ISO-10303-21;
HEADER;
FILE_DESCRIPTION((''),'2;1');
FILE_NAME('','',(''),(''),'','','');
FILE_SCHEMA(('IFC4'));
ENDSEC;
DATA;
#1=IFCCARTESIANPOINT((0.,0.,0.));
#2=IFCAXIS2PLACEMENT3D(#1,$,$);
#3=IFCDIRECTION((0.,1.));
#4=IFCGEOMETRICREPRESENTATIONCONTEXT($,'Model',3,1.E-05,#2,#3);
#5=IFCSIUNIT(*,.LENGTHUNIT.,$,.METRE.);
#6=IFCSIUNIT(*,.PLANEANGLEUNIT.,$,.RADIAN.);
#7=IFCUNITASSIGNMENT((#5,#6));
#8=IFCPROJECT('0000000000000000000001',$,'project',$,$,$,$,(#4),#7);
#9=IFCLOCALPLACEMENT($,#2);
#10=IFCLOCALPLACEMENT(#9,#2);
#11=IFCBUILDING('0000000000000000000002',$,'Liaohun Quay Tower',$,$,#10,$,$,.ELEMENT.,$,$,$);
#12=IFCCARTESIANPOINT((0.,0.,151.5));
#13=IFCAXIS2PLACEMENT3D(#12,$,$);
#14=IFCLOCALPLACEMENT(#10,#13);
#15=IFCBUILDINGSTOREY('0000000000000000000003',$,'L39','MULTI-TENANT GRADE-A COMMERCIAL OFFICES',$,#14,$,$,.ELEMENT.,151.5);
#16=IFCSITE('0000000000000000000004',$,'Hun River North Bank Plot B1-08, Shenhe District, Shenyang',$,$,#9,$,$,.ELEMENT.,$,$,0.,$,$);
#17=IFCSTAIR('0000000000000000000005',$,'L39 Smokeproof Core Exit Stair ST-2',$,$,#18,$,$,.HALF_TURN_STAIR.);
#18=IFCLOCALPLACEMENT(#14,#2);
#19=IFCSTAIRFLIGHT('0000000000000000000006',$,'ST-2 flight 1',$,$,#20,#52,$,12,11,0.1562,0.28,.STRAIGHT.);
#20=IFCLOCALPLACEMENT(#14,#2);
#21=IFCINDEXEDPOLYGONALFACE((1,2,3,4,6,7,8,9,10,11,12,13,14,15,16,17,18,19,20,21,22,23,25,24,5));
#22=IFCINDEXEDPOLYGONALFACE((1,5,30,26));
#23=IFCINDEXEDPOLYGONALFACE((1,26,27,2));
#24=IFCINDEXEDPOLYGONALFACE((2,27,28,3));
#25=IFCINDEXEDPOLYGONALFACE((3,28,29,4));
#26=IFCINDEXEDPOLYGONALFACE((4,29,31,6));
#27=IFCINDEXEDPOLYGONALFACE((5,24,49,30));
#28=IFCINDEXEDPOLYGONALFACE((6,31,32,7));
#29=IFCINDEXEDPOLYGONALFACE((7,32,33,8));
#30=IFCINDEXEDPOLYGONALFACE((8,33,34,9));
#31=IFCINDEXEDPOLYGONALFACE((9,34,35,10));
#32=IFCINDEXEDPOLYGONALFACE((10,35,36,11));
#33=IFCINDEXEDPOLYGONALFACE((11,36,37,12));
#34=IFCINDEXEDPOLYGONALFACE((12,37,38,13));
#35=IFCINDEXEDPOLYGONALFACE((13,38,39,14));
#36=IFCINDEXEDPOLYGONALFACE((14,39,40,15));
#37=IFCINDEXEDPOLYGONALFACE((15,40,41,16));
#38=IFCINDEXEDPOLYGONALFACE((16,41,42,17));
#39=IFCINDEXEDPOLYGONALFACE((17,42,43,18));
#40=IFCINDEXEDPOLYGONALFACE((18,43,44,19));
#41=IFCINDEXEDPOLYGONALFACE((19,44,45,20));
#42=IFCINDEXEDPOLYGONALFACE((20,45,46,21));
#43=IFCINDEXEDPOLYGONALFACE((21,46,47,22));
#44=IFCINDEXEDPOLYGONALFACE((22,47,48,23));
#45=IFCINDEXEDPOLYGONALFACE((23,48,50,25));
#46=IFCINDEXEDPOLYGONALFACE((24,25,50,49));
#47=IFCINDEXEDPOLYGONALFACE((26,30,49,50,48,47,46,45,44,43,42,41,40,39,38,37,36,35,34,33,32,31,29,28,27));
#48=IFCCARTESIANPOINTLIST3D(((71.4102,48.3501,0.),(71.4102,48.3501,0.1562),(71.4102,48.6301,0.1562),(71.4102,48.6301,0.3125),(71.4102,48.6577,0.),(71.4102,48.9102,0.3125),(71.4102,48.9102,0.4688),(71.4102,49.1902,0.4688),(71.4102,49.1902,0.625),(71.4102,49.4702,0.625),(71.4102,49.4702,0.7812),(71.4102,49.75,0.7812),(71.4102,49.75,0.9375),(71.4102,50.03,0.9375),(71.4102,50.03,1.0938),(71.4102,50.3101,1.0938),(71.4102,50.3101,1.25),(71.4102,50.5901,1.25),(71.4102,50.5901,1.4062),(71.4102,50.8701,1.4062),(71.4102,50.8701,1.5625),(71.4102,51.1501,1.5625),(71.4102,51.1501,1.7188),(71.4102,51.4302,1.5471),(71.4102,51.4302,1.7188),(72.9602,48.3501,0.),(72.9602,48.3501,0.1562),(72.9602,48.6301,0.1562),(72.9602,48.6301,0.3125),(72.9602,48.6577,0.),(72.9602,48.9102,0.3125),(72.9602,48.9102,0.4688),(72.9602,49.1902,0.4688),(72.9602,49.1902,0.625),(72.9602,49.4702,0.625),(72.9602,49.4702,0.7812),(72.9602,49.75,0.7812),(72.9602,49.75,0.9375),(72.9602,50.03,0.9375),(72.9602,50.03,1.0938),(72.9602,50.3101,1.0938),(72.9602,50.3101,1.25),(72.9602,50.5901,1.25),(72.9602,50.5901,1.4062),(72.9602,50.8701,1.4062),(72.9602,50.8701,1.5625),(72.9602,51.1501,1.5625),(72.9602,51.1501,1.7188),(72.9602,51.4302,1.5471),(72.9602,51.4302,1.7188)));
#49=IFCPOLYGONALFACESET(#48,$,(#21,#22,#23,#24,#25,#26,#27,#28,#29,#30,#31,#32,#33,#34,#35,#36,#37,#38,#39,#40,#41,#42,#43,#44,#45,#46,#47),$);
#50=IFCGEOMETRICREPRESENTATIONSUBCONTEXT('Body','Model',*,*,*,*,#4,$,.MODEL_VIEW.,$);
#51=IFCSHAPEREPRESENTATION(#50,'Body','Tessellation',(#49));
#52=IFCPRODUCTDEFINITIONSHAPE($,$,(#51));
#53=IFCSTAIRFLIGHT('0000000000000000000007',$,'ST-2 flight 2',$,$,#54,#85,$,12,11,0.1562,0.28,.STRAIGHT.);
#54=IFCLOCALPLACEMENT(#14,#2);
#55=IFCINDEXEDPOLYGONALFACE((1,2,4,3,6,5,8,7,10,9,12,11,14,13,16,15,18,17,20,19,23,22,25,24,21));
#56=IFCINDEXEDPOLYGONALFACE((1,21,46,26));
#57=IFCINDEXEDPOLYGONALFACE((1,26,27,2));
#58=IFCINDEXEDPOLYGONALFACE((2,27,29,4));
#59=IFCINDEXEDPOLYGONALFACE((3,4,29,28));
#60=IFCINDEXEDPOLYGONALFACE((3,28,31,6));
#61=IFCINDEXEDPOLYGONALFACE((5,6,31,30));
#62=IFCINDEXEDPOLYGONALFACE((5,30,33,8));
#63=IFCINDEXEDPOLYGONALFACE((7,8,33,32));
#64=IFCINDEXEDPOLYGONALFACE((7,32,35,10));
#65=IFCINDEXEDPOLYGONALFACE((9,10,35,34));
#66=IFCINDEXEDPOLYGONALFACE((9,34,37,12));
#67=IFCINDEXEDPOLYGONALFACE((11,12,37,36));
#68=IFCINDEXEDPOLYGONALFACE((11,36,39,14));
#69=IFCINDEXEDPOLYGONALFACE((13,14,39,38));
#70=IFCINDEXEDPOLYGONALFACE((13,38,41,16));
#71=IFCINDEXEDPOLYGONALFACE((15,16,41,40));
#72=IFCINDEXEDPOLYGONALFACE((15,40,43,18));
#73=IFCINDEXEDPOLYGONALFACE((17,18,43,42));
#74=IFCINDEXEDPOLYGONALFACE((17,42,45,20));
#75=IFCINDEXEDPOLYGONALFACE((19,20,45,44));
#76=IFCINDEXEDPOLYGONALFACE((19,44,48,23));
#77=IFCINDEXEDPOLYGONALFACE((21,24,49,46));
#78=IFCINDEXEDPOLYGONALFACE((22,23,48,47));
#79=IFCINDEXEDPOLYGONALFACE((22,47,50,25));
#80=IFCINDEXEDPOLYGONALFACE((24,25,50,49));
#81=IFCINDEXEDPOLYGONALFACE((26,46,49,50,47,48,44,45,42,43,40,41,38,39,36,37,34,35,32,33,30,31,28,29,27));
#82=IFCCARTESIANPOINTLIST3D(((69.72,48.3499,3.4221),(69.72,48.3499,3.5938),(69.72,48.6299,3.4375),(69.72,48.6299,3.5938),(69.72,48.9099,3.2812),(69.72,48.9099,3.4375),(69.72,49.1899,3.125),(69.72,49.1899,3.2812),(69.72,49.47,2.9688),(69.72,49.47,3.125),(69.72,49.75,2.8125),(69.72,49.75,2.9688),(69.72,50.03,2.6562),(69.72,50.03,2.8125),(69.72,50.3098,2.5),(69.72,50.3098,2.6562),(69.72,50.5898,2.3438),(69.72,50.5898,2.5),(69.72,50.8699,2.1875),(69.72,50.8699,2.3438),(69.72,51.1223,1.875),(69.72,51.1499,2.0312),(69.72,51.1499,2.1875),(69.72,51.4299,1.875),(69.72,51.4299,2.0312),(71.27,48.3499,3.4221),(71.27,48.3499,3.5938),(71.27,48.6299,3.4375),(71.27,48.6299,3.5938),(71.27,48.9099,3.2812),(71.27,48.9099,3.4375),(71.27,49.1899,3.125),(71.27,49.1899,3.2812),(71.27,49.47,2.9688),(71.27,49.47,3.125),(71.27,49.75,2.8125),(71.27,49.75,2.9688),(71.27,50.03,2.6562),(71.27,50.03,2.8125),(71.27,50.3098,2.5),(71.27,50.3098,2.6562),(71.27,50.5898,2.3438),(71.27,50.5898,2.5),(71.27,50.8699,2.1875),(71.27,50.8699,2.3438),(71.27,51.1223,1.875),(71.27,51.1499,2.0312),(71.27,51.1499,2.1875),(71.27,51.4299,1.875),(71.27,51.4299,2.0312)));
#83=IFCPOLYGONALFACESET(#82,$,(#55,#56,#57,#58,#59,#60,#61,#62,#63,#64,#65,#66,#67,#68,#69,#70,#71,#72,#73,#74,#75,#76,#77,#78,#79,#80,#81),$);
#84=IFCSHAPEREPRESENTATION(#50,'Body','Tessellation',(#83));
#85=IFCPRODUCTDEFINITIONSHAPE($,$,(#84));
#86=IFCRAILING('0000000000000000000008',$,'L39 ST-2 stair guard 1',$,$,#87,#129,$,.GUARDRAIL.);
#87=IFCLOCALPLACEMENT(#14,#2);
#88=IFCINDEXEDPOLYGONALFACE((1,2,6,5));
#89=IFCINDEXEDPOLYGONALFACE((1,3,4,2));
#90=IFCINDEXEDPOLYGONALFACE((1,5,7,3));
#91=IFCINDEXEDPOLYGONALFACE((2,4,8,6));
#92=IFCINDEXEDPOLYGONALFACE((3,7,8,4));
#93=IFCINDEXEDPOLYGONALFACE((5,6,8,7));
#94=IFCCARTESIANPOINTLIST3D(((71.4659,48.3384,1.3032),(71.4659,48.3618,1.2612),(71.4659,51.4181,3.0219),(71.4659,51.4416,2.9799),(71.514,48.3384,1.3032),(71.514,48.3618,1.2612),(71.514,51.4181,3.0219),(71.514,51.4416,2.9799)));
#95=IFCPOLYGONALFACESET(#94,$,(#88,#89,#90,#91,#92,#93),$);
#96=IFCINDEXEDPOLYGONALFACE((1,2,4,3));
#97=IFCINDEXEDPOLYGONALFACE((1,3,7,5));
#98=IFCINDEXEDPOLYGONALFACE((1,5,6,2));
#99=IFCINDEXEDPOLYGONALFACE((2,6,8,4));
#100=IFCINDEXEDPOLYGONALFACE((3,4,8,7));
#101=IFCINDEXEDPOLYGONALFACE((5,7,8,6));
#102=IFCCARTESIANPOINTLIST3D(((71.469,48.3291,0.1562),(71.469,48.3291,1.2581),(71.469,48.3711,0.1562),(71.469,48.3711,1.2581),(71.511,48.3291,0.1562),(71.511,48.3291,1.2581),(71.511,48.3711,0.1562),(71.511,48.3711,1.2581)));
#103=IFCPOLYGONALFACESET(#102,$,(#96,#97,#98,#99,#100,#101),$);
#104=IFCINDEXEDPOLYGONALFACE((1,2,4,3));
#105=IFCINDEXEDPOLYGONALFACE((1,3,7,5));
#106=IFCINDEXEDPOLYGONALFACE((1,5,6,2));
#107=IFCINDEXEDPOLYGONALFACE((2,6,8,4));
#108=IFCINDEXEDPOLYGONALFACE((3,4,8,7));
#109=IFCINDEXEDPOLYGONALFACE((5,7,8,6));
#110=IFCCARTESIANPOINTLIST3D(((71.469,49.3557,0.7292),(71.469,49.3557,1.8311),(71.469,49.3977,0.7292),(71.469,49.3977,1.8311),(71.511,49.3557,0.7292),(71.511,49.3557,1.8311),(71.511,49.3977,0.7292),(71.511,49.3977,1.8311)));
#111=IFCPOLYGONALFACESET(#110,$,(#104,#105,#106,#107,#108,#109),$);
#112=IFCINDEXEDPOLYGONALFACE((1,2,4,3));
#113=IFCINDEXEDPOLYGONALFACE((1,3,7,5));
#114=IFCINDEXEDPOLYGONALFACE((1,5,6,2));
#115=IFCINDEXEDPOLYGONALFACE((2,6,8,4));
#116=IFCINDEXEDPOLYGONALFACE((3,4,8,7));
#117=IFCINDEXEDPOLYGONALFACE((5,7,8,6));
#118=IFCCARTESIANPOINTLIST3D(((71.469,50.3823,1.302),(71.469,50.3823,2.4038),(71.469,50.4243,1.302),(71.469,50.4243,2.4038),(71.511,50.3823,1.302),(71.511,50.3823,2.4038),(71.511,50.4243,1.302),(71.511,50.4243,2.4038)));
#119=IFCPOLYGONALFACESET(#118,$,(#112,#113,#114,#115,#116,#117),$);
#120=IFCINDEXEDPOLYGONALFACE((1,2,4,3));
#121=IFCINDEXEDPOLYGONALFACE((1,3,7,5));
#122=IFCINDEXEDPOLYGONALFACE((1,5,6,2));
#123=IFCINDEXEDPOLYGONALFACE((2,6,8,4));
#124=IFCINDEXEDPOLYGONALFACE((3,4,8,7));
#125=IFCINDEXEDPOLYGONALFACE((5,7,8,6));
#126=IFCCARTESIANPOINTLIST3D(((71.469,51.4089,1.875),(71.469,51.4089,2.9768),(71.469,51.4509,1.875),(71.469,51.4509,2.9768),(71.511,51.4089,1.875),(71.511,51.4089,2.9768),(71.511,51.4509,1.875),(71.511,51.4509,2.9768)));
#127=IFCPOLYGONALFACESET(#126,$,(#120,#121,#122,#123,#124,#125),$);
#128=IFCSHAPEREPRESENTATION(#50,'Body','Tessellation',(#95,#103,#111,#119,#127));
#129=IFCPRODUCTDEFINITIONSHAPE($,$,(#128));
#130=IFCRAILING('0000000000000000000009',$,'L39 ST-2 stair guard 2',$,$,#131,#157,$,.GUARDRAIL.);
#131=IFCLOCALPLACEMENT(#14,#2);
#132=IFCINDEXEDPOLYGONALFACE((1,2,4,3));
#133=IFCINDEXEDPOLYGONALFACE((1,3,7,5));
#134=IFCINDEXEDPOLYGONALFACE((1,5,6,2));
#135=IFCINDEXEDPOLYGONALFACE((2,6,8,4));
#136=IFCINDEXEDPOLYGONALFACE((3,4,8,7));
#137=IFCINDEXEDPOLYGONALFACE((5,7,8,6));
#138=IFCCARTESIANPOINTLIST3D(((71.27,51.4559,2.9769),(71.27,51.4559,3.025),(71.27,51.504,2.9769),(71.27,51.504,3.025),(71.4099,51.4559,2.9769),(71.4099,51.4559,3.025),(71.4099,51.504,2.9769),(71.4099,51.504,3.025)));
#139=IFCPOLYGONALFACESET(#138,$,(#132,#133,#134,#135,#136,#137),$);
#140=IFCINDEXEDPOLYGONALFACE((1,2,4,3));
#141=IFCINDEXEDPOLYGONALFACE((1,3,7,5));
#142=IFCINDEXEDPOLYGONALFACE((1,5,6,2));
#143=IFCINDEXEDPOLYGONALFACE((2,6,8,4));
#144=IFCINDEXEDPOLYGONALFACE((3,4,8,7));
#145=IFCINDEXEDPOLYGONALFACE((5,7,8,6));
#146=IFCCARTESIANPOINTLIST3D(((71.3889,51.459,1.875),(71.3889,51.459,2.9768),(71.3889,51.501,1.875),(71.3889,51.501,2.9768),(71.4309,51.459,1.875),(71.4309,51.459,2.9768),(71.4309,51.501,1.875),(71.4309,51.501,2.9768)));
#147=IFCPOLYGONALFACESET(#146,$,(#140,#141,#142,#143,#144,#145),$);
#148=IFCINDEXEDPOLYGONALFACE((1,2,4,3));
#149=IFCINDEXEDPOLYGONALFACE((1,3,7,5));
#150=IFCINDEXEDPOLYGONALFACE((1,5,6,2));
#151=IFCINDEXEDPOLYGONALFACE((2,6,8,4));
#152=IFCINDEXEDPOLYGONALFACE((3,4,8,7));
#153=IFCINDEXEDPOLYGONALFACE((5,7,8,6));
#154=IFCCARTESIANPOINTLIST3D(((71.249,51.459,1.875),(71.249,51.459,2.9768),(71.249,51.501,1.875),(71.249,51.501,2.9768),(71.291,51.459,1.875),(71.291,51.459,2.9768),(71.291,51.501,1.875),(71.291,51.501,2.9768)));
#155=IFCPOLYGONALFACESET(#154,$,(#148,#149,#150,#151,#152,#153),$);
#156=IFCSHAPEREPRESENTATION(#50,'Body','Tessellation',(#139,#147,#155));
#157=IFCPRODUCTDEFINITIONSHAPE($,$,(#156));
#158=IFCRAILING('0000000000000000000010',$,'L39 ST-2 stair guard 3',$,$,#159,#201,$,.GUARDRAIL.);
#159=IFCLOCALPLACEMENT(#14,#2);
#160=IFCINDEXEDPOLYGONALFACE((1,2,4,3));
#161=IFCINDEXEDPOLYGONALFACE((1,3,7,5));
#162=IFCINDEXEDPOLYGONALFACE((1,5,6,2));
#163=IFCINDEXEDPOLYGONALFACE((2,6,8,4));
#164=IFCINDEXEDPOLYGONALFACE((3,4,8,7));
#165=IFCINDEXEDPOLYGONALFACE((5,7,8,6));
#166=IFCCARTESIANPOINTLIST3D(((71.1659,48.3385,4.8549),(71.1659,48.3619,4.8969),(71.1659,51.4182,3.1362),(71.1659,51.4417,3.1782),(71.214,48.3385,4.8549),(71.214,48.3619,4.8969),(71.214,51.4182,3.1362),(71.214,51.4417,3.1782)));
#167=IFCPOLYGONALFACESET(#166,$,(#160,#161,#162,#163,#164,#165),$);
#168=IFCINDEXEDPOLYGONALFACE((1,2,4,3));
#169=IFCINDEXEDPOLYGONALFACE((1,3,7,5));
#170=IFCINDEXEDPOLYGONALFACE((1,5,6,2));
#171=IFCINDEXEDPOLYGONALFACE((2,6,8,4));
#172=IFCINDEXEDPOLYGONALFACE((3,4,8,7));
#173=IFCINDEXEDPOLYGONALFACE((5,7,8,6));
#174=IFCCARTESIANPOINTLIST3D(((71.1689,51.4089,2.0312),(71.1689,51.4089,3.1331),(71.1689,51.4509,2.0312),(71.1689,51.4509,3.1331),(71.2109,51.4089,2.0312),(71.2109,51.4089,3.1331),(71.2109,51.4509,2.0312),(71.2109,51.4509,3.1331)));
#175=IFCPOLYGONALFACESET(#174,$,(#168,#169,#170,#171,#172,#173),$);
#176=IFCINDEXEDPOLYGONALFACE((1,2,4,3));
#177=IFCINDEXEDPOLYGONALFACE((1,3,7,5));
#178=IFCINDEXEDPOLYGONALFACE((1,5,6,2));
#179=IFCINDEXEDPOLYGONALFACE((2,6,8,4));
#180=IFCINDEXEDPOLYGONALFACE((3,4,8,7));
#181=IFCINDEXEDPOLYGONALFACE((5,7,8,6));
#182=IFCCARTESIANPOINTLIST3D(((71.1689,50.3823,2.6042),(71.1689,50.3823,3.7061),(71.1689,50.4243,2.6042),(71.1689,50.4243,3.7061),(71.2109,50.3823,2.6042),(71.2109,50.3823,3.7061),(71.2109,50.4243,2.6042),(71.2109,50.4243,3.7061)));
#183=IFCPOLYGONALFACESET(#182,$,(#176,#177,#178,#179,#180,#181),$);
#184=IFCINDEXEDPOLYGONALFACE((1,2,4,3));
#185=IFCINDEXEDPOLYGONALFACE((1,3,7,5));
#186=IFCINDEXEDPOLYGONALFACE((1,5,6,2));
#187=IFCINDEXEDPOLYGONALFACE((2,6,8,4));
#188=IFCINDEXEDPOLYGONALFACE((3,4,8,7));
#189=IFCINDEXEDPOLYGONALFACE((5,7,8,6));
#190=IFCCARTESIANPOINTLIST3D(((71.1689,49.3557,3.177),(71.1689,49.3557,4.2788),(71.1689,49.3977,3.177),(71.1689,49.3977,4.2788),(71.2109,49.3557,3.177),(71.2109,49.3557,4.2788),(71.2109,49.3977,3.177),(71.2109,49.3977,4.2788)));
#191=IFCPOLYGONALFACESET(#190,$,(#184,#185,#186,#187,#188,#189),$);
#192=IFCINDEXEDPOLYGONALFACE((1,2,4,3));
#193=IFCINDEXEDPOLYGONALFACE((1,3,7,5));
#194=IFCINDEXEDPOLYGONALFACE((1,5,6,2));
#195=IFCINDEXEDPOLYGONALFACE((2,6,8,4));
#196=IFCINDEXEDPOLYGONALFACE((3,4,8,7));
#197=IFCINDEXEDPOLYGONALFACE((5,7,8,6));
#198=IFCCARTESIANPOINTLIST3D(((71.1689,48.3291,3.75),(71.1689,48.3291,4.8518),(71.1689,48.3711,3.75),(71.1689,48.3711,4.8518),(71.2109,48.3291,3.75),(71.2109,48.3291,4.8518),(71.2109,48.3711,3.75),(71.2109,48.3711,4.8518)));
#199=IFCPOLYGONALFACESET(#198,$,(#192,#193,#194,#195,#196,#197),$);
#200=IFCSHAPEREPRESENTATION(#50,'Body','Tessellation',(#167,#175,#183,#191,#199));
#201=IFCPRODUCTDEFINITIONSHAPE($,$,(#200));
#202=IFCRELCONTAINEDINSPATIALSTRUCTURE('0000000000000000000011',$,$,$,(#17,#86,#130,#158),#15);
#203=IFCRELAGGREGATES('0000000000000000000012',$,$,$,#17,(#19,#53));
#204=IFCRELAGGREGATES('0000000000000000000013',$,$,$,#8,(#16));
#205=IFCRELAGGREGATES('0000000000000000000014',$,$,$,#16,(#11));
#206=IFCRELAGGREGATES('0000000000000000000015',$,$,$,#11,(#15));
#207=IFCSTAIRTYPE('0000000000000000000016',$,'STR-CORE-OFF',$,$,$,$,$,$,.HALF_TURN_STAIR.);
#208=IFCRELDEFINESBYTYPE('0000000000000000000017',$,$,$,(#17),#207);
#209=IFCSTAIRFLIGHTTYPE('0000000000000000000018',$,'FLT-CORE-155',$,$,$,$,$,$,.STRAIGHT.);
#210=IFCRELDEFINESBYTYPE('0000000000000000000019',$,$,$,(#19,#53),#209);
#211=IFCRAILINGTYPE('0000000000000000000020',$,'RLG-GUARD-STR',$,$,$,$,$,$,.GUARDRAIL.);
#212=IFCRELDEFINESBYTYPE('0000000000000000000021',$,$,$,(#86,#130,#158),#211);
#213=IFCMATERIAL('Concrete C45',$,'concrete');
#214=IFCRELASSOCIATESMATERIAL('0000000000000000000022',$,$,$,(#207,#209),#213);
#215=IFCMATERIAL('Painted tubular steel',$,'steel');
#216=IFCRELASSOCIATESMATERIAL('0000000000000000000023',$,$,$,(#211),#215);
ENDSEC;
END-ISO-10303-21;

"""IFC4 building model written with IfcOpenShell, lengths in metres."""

from ifc_helpers import new_model, si_unit, direction, frame, origin, origin_2d, place, context, subcontext, project, spatial, polyline, rectangle, outline, extrude, material, type_object, element, aggregate, save


model = new_model("IFC4")

# Units and contexts
model_context = context("Model", 3, precision=1e-05, world=origin(), true_north=direction((0.0, 1.0)))
body_context = subcontext(model_context, "Body", "Model", "MODEL_VIEW")
ifc_project = project(units=[si_unit("LENGTHUNIT", "METRE"), si_unit("PLANEANGLEUNIT", "RADIAN")], contexts=[model_context])

# Site, building, storey
site_placement = place(None, origin())
site = spatial("IfcSite", under=ifc_project, at=site_placement, Name="Hun River North Bank Plot B1-08, Shenhe District, Shenyang", CompositionType="ELEMENT", RefElevation=0.0)
building_placement = place(site_placement, origin())
building = spatial("IfcBuilding", under=site, at=building_placement, Name="Liaohun Quay Tower", CompositionType="ELEMENT")
storey_placement = place(building_placement, frame((0.0, 0.0, 151.5)))
storey = spatial("IfcBuildingStorey", under=building, at=storey_placement, Name="L39", Description="MULTI-TENANT GRADE-A COMMERCIAL OFFICES", CompositionType="ELEMENT", Elevation=151.5)

# Stair, stair flights
ifc_material_1 = material(Name="Concrete C45", Category="concrete")
stair_type = type_object("IfcStairType", Name="STR-CORE-OFF", PredefinedType="HALF_TURN_STAIR", material=ifc_material_1)
stair_placement = place(storey_placement, origin())
stair = element("IfcStair", 1, at=stair_placement, inside=storey, type_object=stair_type, Name="L39 Smokeproof Core Exit Stair ST-2", PredefinedType="HALF_TURN_STAIR")
stair_flight_type = type_object("IfcStairFlightType", Name="FLT-CORE-155", PredefinedType="STRAIGHT", material=ifc_material_1)
stair_flight_1_placement = place(storey_placement, frame((72.1851, 48.3501, 0.0), z_axis=(0.0, 0.0, 1.0), x_axis=(0.0, 1.0, 0.0)))
stair_flight_1 = element("IfcStairFlight", 2, at=stair_flight_1_placement, type_object=stair_flight_type, Name="ST-2 flight 1", NumberOfRisers=12, NumberOfTreads=11, PredefinedType="STRAIGHT", RiserHeight=0.1562, TreadLength=0.28, context=body_context, shape_type="SweptSolid", body=[
    extrude(outline(polyline([(0.0, 0.0), (0.0, 0.1562), (0.28, 0.1562), (0.28, 0.3125), (0.5601, 0.3125), (0.5601, 0.4688), (0.8401, 0.4688), (0.8401, 0.625), (1.1201, 0.625), (1.1201, 0.7812), (1.3999, 0.7812), (1.3999, 0.9375), (1.6799, 0.9375), (1.6799, 1.0938), (1.96, 1.0938), (1.96, 1.25), (2.24, 1.25), (2.24, 1.4062), (2.52, 1.4062), (2.52, 1.5625), (2.8, 1.5625), (2.8, 1.7188), (3.0801, 1.7188), (3.0801, 1.875), (3.0801, 1.5471), (0.3076, 0.0), (0.0, 0.0)])), frame((0.0, 0.7749, 0.0), z_axis=(0.0, -1.0, 0.0), x_axis=(1.0, 0.0, 0.0)), (0.0, 0.0, 1.0), 1.55),
])
stair_flight_2_placement = place(storey_placement, frame((70.4951, 51.4299, 1.875), z_axis=(0.0, 0.0, 1.0), x_axis=(0.0, -1.0, 0.0)))
stair_flight_2 = element("IfcStairFlight", 3, at=stair_flight_2_placement, type_object=stair_flight_type, Name="ST-2 flight 2", NumberOfRisers=12, NumberOfTreads=11, PredefinedType="STRAIGHT", RiserHeight=0.1562, TreadLength=0.28, context=body_context, shape_type="SweptSolid", body=[
    extrude(outline(polyline([(0.0, 0.0), (0.0, 0.1562), (0.28, 0.1562), (0.28, 0.3125), (0.5601, 0.3125), (0.5601, 0.4688), (0.8401, 0.4688), (0.8401, 0.625), (1.1201, 0.625), (1.1201, 0.7812), (1.3999, 0.7812), (1.3999, 0.9375), (1.6799, 0.9375), (1.6799, 1.0938), (1.96, 1.0938), (1.96, 1.25), (2.24, 1.25), (2.24, 1.4062), (2.52, 1.4062), (2.52, 1.5625), (2.8, 1.5625), (2.8, 1.7188), (3.0801, 1.7188), (3.0801, 1.875), (3.0801, 1.5471), (0.3076, 0.0), (0.0, 0.0)])), frame((0.0, 0.7749, 0.0), z_axis=(0.0, -1.0, 0.0), x_axis=(1.0, 0.0, 0.0)), (0.0, 0.0, 1.0), 1.55),
])
aggregate(stair, [stair_flight_1, stair_flight_2])

# Railings
ifc_material_2 = material(Name="Painted tubular steel", Category="steel")
railing_type_1 = type_object("IfcRailingType", Name="RLG-GUARD-STR", PredefinedType="GUARDRAIL", material=ifc_material_2)
railing_1_placement = place(storey_placement, frame((71.49, 48.3501, 0.1562)))
element("IfcRailing", 4, at=railing_1_placement, inside=storey, type_object=railing_type_1, Name="L39 ST-2 stair guard 1", PredefinedType="GUARDRAIL", context=body_context, shape_type="SweptSolid", body=[
    extrude(rectangle(XDim=0.0481, YDim=0.0481, at=origin_2d()), frame((0.0, 0.0, 1.126), z_axis=(0.0, 0.873225, 0.487317), x_axis=(-1.0, 0.0, 0.0)), (0.0, 0.0, 1.0), 3.5269),
    extrude(rectangle(XDim=0.042, YDim=0.042, at=origin_2d()), origin(), (0.0, 0.0, 1.0), 1.1018),
    extrude(rectangle(XDim=0.042, YDim=0.042, at=origin_2d()), frame((0.0, 1.0266, 0.573)), (0.0, 0.0, 1.0), 1.1018),
    extrude(rectangle(XDim=0.042, YDim=0.042, at=origin_2d()), frame((0.0, 2.0532, 1.1458)), (0.0, 0.0, 1.0), 1.1018),
    extrude(rectangle(XDim=0.042, YDim=0.042, at=origin_2d()), frame((0.0, 3.0798, 1.7188)), (0.0, 0.0, 1.0), 1.1018),
])
railing_2_placement = place(storey_placement, frame((71.4099, 51.48, 1.875)))
element("IfcRailing", 5, at=railing_2_placement, inside=storey, type_object=railing_type_1, Name="L39 ST-2 stair guard 2", PredefinedType="GUARDRAIL", context=body_context, shape_type="SweptSolid", body=[
    extrude(rectangle(XDim=0.0481, YDim=0.0481, at=origin_2d()), frame((0.0, 0.0, 1.126), z_axis=(-1.0, 0.0, 0.0), x_axis=(0.0, -1.0, 0.0)), (0.0, 0.0, 1.0), 0.1399),
    extrude(rectangle(XDim=0.042, YDim=0.042, at=origin_2d()), origin(), (0.0, 0.0, 1.0), 1.1018),
    extrude(rectangle(XDim=0.042, YDim=0.042, at=origin_2d()), frame((-0.1399, 0.0, 0.0)), (0.0, 0.0, 1.0), 1.1018),
])
railing_3_placement = place(storey_placement, frame((71.1899, 51.4299, 2.0312)))
element("IfcRailing", 6, at=railing_3_placement, inside=storey, type_object=railing_type_1, Name="L39 ST-2 stair guard 3", PredefinedType="GUARDRAIL", context=body_context, shape_type="SweptSolid", body=[
    extrude(rectangle(XDim=0.0481, YDim=0.0481, at=origin_2d()), frame((0.0, 0.0, 1.126), z_axis=(0.0, -0.873225, 0.487317), x_axis=(1.0, 0.0, 0.0)), (0.0, 0.0, 1.0), 3.5269),
    extrude(rectangle(XDim=0.042, YDim=0.042, at=origin_2d()), origin(), (0.0, 0.0, 1.0), 1.1018),
    extrude(rectangle(XDim=0.042, YDim=0.042, at=origin_2d()), frame((0.0, -1.0266, 0.573)), (0.0, 0.0, 1.0), 1.1018),
    extrude(rectangle(XDim=0.042, YDim=0.042, at=origin_2d()), frame((0.0, -2.0532, 1.1458)), (0.0, 0.0, 1.0), 1.1018),
    extrude(rectangle(XDim=0.042, YDim=0.042, at=origin_2d()), frame((0.0, -3.0798, 1.7188)), (0.0, 0.0, 1.0), 1.1018),
])

save(model, "model.ifc")
